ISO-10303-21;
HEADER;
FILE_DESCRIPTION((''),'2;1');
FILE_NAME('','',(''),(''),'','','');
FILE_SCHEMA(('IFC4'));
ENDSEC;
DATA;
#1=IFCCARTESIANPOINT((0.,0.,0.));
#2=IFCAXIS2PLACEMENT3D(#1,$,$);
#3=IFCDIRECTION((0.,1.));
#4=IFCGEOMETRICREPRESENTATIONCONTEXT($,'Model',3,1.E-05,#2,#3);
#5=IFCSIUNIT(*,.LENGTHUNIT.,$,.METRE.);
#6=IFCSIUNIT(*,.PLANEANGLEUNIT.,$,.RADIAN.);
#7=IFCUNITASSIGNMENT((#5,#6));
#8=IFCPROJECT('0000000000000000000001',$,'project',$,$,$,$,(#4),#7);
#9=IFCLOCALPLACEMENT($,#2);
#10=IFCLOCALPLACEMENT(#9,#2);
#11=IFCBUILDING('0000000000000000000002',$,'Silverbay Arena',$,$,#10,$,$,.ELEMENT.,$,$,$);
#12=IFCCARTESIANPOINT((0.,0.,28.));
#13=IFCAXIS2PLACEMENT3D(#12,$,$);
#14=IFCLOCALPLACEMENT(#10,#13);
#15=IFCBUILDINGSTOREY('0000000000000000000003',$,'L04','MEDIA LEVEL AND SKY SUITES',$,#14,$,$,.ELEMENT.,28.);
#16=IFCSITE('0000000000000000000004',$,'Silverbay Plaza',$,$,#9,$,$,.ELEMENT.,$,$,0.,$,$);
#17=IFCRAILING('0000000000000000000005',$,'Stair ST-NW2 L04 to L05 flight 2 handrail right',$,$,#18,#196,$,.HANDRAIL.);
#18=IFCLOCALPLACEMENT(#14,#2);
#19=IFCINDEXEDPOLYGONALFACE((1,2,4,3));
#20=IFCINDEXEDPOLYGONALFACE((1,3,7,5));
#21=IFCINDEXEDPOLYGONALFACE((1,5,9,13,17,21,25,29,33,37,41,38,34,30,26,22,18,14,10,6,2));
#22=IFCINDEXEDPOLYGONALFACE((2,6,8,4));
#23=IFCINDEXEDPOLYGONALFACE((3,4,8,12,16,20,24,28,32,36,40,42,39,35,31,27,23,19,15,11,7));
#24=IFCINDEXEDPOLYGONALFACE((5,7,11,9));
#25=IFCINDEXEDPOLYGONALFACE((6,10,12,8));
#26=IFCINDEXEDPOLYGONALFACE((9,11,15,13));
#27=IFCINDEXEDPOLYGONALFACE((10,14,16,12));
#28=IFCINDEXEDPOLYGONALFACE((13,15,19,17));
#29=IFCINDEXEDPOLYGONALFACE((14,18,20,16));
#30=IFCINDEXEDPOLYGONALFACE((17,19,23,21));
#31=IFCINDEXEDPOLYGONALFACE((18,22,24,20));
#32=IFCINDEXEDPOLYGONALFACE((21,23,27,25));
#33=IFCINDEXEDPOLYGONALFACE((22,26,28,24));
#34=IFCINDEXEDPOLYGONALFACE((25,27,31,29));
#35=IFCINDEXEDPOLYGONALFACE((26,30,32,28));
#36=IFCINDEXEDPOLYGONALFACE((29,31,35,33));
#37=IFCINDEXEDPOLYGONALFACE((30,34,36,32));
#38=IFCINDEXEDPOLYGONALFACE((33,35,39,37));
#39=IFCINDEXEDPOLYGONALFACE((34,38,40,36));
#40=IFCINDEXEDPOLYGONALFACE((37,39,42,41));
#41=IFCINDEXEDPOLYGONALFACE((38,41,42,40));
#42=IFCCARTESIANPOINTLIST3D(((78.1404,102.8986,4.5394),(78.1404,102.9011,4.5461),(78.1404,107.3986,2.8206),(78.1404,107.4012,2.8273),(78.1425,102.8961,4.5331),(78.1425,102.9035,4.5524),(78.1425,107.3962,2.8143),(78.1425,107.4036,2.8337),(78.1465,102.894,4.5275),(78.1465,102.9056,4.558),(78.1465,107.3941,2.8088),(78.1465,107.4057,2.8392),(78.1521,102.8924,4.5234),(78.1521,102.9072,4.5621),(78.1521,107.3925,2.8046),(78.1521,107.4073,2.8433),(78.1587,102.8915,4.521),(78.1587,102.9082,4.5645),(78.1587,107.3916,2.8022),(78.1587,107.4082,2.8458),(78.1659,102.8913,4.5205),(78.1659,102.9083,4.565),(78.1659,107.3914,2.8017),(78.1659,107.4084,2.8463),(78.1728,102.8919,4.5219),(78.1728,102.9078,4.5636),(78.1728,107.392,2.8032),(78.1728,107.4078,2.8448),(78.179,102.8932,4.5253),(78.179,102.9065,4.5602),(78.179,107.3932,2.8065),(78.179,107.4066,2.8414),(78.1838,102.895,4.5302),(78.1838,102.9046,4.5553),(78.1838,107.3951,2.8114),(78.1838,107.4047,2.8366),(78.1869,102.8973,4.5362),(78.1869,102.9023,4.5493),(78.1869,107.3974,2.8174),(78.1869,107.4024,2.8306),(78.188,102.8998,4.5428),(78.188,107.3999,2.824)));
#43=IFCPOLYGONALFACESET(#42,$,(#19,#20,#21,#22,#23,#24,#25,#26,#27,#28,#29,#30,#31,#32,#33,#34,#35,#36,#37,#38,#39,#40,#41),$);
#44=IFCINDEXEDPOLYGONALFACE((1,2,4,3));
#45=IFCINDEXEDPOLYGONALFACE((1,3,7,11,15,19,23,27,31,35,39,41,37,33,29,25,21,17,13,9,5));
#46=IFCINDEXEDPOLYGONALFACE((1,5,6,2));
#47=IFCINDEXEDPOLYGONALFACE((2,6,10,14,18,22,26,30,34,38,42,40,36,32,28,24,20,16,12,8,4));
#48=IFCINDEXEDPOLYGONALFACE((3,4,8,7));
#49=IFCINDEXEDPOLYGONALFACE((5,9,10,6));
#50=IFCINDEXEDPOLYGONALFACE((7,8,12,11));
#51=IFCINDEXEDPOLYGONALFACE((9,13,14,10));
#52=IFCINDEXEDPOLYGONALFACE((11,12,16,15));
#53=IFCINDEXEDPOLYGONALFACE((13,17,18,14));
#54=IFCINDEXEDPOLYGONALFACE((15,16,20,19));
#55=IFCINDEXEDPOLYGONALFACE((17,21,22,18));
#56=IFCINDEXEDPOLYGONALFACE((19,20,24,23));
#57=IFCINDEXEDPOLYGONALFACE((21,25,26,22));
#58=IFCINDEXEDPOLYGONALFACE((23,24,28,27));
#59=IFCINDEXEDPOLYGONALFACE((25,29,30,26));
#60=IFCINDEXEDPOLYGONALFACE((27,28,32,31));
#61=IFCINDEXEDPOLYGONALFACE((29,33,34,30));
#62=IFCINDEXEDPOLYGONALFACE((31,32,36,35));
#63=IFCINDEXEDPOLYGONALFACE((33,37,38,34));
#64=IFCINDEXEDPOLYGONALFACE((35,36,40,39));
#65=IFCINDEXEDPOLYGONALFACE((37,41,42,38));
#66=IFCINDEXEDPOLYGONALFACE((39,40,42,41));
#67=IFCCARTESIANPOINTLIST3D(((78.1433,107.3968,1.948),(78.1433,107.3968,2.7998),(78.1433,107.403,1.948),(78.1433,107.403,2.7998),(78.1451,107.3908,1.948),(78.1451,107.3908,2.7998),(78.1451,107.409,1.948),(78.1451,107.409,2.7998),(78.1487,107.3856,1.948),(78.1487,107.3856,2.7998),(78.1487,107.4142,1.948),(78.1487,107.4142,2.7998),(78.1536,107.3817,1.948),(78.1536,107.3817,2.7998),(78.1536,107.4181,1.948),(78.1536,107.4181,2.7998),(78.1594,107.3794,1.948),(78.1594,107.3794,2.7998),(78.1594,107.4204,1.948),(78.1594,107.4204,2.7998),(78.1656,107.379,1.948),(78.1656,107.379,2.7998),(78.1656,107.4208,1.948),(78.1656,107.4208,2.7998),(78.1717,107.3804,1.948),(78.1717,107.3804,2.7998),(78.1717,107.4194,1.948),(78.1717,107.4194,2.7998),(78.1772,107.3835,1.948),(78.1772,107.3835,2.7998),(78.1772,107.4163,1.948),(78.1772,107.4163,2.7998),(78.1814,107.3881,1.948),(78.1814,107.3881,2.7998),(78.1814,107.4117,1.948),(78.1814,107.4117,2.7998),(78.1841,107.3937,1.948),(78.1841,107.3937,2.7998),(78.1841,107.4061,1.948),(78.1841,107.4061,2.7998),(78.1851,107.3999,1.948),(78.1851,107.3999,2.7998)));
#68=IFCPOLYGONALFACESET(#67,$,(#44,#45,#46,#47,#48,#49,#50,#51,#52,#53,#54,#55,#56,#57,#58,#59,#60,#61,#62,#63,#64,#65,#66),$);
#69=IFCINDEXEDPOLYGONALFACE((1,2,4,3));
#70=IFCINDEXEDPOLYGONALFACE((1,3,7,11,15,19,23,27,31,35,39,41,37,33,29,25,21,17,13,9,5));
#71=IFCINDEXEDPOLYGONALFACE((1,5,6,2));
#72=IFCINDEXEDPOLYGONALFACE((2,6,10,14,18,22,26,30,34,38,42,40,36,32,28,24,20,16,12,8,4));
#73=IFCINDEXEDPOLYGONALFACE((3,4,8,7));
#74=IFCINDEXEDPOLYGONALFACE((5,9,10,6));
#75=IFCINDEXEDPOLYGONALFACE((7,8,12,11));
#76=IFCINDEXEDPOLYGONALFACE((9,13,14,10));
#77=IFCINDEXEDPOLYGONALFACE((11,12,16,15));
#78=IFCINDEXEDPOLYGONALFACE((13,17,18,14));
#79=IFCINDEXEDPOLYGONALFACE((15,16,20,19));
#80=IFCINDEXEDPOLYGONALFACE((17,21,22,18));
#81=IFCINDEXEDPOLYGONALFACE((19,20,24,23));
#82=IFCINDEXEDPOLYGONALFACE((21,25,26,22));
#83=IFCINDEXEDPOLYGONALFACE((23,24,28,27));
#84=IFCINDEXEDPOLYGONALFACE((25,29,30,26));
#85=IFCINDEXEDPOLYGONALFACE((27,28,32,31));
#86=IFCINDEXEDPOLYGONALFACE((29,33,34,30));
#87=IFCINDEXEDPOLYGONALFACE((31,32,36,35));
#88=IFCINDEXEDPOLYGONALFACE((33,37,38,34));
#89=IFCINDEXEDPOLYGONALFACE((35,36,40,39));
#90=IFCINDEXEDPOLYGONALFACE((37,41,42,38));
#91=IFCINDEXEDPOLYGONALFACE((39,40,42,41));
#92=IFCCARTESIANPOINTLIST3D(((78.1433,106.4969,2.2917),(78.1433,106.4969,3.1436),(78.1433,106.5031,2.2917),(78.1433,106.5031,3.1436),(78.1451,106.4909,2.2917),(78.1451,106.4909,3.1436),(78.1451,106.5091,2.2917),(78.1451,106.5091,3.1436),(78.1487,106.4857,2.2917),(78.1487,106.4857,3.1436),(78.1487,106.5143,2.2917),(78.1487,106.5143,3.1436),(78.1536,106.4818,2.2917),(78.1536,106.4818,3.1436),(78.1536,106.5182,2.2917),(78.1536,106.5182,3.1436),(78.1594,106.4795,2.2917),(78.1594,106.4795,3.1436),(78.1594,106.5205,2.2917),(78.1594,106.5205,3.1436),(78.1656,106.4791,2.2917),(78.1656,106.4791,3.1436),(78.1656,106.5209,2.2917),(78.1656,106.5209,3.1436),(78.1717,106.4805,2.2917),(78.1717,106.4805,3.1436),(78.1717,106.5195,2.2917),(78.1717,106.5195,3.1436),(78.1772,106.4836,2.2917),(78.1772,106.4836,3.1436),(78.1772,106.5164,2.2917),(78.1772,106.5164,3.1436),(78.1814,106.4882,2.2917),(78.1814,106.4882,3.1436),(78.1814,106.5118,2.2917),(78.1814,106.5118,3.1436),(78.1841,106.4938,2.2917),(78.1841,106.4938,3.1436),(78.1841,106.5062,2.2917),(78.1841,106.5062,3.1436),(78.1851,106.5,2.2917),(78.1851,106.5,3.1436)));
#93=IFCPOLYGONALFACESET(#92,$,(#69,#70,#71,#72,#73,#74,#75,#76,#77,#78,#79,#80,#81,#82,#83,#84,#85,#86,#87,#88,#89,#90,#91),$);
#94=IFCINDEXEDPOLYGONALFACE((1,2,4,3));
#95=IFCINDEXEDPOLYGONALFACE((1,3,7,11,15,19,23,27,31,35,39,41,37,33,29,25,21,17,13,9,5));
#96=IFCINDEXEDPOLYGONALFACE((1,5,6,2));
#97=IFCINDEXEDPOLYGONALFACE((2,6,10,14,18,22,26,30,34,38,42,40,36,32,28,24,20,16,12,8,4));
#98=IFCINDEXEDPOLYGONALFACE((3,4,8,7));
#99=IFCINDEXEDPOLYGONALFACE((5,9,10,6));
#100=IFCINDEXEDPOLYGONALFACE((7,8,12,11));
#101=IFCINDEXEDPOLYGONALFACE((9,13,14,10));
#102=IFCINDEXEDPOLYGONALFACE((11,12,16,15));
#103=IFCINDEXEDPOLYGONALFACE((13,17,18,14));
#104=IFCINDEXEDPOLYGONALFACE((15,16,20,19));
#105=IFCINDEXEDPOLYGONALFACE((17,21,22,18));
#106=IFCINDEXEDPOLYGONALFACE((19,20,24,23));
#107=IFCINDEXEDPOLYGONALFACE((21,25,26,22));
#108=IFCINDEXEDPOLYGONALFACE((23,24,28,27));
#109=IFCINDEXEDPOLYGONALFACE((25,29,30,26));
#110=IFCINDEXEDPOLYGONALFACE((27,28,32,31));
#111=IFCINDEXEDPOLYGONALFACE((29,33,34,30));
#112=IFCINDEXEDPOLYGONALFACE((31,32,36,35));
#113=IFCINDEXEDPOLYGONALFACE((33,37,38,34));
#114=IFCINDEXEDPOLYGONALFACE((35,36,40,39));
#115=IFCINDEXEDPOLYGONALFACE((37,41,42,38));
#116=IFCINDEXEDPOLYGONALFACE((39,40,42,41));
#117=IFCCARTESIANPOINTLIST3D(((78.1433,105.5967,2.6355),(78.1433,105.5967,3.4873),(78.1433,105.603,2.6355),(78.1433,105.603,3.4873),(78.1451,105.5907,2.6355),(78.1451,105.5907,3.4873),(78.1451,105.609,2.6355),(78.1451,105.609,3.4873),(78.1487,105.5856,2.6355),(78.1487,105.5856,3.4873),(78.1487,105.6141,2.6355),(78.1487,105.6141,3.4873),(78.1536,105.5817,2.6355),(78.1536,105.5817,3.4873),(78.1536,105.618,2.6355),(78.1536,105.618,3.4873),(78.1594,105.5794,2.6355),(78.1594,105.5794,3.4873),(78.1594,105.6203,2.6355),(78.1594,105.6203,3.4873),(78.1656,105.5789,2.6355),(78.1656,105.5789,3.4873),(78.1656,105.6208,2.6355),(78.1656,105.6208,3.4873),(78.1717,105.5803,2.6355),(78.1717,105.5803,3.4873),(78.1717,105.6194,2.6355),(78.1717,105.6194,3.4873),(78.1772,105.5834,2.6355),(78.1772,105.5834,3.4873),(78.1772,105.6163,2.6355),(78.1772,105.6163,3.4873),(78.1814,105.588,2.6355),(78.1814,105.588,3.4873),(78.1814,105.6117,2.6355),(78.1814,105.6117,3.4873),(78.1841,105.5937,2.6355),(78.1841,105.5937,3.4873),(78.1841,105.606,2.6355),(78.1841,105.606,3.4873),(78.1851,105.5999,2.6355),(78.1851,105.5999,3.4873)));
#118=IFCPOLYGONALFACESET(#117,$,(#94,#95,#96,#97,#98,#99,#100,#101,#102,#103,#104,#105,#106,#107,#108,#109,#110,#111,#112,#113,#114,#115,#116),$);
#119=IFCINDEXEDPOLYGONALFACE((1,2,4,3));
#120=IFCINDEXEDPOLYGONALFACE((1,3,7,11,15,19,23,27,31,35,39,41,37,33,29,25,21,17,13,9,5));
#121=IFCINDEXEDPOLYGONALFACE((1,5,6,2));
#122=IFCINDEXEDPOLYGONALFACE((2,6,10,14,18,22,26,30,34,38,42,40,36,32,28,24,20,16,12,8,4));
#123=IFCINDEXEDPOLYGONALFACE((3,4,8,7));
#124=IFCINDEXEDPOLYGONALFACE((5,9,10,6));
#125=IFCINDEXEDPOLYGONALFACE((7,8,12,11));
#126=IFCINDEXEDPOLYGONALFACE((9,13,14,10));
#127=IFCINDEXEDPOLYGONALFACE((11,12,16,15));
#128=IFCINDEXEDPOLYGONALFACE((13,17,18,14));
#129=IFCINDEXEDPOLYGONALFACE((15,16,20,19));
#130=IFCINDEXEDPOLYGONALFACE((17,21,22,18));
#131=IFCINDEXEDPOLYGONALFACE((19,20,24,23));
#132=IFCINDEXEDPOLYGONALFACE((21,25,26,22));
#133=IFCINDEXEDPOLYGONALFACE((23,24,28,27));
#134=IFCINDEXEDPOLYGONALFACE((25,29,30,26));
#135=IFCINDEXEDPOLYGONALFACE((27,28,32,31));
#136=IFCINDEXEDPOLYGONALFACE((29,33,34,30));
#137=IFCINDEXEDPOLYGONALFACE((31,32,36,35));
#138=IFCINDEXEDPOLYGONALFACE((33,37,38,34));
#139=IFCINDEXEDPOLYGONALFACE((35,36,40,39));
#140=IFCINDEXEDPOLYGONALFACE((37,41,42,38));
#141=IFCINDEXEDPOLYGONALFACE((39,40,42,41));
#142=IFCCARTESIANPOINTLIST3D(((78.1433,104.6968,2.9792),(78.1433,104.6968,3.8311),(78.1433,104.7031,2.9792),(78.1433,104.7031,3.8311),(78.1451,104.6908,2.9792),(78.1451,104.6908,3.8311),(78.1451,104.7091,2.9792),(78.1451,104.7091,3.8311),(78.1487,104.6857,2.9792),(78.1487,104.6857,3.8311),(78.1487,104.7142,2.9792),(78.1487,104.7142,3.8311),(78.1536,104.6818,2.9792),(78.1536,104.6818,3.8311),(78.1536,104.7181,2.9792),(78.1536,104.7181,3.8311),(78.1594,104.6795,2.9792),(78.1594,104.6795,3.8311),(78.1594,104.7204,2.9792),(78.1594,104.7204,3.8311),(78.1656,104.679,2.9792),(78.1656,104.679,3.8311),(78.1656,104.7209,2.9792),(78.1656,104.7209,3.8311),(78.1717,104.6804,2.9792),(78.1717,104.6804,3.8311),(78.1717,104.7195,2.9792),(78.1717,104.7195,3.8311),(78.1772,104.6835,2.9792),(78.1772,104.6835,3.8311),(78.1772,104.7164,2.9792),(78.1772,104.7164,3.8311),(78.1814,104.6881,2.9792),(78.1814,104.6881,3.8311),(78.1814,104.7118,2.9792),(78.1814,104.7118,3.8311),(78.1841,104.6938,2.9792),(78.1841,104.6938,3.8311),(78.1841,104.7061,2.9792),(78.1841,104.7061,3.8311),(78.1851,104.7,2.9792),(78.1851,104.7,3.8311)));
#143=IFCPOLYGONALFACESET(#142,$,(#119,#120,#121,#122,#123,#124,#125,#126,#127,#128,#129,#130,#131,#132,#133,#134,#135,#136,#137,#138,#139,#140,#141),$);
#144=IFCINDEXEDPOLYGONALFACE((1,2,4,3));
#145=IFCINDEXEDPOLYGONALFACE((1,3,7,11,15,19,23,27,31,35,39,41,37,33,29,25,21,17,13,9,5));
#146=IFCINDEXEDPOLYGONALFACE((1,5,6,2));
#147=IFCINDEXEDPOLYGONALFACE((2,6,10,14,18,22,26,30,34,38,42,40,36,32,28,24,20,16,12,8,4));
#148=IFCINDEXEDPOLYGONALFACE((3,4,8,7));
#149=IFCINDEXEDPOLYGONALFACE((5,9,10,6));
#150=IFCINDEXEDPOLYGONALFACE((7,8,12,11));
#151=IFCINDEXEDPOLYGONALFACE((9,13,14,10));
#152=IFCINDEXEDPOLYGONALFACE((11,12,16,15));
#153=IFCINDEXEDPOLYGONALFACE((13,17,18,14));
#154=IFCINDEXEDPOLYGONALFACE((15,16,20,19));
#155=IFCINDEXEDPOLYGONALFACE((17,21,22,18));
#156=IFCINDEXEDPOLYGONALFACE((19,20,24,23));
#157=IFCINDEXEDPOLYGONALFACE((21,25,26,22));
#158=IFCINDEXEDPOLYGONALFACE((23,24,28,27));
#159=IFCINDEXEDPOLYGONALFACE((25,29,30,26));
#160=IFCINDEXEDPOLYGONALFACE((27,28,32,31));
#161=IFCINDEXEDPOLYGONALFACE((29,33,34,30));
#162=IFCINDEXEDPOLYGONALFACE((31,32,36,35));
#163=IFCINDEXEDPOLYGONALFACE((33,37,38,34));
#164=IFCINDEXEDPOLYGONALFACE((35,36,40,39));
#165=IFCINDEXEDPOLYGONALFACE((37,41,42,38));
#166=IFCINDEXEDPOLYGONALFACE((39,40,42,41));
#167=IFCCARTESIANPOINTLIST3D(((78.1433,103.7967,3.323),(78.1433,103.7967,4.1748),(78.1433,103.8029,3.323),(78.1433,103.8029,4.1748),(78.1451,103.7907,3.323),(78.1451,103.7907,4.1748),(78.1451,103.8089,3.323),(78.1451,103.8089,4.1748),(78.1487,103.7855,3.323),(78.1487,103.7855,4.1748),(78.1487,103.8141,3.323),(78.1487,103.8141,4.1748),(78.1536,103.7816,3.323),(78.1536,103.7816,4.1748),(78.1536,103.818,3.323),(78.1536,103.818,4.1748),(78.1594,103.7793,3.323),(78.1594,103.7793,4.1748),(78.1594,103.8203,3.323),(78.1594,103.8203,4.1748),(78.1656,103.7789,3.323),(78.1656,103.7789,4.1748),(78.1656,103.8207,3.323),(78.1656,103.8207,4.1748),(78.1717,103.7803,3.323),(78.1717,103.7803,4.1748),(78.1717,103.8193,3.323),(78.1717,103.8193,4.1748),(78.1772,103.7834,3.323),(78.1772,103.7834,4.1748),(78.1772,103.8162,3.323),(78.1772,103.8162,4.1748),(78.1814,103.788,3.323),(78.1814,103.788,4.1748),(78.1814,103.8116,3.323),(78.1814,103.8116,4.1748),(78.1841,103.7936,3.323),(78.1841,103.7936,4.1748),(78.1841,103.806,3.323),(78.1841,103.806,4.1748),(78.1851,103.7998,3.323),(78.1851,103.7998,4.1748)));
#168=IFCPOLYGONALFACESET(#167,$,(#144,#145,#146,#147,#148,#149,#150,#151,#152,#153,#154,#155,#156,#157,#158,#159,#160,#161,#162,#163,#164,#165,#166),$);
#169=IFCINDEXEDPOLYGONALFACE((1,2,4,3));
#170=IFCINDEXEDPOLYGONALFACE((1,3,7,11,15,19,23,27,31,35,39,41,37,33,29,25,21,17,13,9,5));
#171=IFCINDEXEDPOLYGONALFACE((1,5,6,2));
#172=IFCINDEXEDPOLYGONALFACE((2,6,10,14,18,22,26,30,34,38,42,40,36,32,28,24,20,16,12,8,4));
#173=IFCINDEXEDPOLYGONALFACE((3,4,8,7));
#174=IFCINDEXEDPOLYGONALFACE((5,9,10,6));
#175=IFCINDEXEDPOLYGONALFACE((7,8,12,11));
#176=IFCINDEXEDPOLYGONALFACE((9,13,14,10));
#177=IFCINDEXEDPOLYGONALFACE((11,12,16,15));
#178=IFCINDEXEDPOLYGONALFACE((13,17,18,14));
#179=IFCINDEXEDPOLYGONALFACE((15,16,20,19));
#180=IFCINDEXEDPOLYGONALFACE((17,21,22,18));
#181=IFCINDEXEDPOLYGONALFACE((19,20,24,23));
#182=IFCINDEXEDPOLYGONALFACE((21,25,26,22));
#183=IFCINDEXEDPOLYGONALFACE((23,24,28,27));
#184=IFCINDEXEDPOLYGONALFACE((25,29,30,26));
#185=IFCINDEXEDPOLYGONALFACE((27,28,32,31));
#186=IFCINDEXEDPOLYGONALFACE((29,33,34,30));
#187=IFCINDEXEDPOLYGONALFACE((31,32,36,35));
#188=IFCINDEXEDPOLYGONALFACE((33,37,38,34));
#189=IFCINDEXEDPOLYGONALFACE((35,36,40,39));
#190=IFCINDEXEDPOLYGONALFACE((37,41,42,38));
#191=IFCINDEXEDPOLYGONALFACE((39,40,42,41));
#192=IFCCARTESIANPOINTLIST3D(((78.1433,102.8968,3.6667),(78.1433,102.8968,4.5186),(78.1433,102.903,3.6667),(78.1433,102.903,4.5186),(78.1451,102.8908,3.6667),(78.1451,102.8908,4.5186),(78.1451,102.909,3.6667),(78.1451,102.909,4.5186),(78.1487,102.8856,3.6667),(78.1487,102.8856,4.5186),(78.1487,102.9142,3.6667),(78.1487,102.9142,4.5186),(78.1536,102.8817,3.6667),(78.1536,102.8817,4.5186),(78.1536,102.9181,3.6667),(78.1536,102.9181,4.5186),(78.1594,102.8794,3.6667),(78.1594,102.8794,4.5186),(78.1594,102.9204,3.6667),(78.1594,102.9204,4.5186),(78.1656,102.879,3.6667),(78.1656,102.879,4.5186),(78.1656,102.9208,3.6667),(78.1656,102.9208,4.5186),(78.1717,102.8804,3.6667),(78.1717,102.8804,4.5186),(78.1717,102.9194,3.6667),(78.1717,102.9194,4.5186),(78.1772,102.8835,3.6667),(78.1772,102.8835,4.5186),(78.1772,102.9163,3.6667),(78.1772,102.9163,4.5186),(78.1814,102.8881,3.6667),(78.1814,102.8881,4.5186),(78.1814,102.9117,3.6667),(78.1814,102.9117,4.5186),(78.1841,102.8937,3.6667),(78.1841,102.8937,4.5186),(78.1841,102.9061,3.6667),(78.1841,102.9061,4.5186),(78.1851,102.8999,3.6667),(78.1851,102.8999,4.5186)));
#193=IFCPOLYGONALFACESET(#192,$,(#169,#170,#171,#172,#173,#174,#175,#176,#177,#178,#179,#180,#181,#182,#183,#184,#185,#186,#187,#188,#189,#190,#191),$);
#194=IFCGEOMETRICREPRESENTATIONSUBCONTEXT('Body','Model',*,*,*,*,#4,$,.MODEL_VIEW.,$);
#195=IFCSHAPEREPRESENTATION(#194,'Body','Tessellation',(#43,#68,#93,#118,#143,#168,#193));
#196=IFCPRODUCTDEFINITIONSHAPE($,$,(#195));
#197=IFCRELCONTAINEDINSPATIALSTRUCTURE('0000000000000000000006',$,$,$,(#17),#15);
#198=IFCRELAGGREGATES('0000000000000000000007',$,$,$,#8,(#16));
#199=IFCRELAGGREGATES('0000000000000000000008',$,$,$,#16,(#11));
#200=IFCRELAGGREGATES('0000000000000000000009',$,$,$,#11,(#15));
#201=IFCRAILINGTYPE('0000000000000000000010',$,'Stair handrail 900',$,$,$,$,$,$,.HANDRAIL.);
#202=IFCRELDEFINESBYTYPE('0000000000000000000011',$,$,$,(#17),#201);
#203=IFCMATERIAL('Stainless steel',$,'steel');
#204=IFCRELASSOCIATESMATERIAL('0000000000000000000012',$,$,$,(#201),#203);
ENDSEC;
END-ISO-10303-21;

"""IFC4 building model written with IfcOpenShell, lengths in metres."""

from ifc_helpers import new_model, si_unit, direction, frame, origin, origin_2d, place, context, subcontext, project, spatial, circle, extrude, material, type_object, element, save


model = new_model("IFC4")

# Units and contexts
model_context = context("Model", 3, precision=1e-05, world=origin(), true_north=direction((0.0, 1.0)))
body_context = subcontext(model_context, "Body", "Model", "MODEL_VIEW")
ifc_project = project(units=[si_unit("LENGTHUNIT", "METRE"), si_unit("PLANEANGLEUNIT", "RADIAN")], contexts=[model_context])

# Site, building, storey
site_placement = place(None, origin())
site = spatial("IfcSite", under=ifc_project, at=site_placement, Name="Silverbay Plaza", CompositionType="ELEMENT", RefElevation=0.0)
building_placement = place(site_placement, origin())
building = spatial("IfcBuilding", under=site, at=building_placement, Name="Silverbay Arena", CompositionType="ELEMENT")
storey_placement = place(building_placement, frame((0.0, 0.0, 28.0)))
storey = spatial("IfcBuildingStorey", under=building, at=storey_placement, Name="L04", Description="MEDIA LEVEL AND SKY SUITES", CompositionType="ELEMENT", Elevation=28.0)

# Railing
ifc_material_1 = material(Name="Stainless steel", Category="steel")
railing_type_1 = type_object("IfcRailingType", Name="Stair handrail 900", PredefinedType="HANDRAIL", material=ifc_material_1)
for number, where, name in (
    (1, (78.1641, 107.3999, 1.948), "Stair ST-NW2 L04 to L05 flight 2 handrail right"),
):
    element("IfcRailing", number, at=place(storey_placement, frame(where)), inside=storey, type_object=railing_type_1, Name=name, PredefinedType="HANDRAIL", context=body_context, shape_type="SweptSolid", body=[
        extrude(circle(Radius=0.0239, at=origin_2d()), frame((0.0, 0.0, 0.876), z_axis=(0.0, -0.934179, 0.356805), x_axis=(1.0, 0.0, 0.0)), (0.0, 0.0, 1.0), 4.8171),
        extrude(circle(Radius=0.021, at=origin_2d()), origin(), (0.0, 0.0, 1.0), 0.8518),
        extrude(circle(Radius=0.021, at=origin_2d()), frame((0.0, -0.8999, 0.3438)), (0.0, 0.0, 1.0), 0.8518),
        extrude(circle(Radius=0.021, at=origin_2d()), frame((0.0, -1.8, 0.6875)), (0.0, 0.0, 1.0), 0.8518),
        extrude(circle(Radius=0.021, at=origin_2d()), frame((0.0, -2.7, 1.0312)), (0.0, 0.0, 1.0), 0.8518),
        extrude(circle(Radius=0.021, at=origin_2d()), frame((0.0, -3.6001, 1.375)), (0.0, 0.0, 1.0), 0.8518),
        extrude(circle(Radius=0.021, at=origin_2d()), frame((0.0, -4.5, 1.7188)), (0.0, 0.0, 1.0), 0.8518),
    ])

save(model, "model.ifc")
